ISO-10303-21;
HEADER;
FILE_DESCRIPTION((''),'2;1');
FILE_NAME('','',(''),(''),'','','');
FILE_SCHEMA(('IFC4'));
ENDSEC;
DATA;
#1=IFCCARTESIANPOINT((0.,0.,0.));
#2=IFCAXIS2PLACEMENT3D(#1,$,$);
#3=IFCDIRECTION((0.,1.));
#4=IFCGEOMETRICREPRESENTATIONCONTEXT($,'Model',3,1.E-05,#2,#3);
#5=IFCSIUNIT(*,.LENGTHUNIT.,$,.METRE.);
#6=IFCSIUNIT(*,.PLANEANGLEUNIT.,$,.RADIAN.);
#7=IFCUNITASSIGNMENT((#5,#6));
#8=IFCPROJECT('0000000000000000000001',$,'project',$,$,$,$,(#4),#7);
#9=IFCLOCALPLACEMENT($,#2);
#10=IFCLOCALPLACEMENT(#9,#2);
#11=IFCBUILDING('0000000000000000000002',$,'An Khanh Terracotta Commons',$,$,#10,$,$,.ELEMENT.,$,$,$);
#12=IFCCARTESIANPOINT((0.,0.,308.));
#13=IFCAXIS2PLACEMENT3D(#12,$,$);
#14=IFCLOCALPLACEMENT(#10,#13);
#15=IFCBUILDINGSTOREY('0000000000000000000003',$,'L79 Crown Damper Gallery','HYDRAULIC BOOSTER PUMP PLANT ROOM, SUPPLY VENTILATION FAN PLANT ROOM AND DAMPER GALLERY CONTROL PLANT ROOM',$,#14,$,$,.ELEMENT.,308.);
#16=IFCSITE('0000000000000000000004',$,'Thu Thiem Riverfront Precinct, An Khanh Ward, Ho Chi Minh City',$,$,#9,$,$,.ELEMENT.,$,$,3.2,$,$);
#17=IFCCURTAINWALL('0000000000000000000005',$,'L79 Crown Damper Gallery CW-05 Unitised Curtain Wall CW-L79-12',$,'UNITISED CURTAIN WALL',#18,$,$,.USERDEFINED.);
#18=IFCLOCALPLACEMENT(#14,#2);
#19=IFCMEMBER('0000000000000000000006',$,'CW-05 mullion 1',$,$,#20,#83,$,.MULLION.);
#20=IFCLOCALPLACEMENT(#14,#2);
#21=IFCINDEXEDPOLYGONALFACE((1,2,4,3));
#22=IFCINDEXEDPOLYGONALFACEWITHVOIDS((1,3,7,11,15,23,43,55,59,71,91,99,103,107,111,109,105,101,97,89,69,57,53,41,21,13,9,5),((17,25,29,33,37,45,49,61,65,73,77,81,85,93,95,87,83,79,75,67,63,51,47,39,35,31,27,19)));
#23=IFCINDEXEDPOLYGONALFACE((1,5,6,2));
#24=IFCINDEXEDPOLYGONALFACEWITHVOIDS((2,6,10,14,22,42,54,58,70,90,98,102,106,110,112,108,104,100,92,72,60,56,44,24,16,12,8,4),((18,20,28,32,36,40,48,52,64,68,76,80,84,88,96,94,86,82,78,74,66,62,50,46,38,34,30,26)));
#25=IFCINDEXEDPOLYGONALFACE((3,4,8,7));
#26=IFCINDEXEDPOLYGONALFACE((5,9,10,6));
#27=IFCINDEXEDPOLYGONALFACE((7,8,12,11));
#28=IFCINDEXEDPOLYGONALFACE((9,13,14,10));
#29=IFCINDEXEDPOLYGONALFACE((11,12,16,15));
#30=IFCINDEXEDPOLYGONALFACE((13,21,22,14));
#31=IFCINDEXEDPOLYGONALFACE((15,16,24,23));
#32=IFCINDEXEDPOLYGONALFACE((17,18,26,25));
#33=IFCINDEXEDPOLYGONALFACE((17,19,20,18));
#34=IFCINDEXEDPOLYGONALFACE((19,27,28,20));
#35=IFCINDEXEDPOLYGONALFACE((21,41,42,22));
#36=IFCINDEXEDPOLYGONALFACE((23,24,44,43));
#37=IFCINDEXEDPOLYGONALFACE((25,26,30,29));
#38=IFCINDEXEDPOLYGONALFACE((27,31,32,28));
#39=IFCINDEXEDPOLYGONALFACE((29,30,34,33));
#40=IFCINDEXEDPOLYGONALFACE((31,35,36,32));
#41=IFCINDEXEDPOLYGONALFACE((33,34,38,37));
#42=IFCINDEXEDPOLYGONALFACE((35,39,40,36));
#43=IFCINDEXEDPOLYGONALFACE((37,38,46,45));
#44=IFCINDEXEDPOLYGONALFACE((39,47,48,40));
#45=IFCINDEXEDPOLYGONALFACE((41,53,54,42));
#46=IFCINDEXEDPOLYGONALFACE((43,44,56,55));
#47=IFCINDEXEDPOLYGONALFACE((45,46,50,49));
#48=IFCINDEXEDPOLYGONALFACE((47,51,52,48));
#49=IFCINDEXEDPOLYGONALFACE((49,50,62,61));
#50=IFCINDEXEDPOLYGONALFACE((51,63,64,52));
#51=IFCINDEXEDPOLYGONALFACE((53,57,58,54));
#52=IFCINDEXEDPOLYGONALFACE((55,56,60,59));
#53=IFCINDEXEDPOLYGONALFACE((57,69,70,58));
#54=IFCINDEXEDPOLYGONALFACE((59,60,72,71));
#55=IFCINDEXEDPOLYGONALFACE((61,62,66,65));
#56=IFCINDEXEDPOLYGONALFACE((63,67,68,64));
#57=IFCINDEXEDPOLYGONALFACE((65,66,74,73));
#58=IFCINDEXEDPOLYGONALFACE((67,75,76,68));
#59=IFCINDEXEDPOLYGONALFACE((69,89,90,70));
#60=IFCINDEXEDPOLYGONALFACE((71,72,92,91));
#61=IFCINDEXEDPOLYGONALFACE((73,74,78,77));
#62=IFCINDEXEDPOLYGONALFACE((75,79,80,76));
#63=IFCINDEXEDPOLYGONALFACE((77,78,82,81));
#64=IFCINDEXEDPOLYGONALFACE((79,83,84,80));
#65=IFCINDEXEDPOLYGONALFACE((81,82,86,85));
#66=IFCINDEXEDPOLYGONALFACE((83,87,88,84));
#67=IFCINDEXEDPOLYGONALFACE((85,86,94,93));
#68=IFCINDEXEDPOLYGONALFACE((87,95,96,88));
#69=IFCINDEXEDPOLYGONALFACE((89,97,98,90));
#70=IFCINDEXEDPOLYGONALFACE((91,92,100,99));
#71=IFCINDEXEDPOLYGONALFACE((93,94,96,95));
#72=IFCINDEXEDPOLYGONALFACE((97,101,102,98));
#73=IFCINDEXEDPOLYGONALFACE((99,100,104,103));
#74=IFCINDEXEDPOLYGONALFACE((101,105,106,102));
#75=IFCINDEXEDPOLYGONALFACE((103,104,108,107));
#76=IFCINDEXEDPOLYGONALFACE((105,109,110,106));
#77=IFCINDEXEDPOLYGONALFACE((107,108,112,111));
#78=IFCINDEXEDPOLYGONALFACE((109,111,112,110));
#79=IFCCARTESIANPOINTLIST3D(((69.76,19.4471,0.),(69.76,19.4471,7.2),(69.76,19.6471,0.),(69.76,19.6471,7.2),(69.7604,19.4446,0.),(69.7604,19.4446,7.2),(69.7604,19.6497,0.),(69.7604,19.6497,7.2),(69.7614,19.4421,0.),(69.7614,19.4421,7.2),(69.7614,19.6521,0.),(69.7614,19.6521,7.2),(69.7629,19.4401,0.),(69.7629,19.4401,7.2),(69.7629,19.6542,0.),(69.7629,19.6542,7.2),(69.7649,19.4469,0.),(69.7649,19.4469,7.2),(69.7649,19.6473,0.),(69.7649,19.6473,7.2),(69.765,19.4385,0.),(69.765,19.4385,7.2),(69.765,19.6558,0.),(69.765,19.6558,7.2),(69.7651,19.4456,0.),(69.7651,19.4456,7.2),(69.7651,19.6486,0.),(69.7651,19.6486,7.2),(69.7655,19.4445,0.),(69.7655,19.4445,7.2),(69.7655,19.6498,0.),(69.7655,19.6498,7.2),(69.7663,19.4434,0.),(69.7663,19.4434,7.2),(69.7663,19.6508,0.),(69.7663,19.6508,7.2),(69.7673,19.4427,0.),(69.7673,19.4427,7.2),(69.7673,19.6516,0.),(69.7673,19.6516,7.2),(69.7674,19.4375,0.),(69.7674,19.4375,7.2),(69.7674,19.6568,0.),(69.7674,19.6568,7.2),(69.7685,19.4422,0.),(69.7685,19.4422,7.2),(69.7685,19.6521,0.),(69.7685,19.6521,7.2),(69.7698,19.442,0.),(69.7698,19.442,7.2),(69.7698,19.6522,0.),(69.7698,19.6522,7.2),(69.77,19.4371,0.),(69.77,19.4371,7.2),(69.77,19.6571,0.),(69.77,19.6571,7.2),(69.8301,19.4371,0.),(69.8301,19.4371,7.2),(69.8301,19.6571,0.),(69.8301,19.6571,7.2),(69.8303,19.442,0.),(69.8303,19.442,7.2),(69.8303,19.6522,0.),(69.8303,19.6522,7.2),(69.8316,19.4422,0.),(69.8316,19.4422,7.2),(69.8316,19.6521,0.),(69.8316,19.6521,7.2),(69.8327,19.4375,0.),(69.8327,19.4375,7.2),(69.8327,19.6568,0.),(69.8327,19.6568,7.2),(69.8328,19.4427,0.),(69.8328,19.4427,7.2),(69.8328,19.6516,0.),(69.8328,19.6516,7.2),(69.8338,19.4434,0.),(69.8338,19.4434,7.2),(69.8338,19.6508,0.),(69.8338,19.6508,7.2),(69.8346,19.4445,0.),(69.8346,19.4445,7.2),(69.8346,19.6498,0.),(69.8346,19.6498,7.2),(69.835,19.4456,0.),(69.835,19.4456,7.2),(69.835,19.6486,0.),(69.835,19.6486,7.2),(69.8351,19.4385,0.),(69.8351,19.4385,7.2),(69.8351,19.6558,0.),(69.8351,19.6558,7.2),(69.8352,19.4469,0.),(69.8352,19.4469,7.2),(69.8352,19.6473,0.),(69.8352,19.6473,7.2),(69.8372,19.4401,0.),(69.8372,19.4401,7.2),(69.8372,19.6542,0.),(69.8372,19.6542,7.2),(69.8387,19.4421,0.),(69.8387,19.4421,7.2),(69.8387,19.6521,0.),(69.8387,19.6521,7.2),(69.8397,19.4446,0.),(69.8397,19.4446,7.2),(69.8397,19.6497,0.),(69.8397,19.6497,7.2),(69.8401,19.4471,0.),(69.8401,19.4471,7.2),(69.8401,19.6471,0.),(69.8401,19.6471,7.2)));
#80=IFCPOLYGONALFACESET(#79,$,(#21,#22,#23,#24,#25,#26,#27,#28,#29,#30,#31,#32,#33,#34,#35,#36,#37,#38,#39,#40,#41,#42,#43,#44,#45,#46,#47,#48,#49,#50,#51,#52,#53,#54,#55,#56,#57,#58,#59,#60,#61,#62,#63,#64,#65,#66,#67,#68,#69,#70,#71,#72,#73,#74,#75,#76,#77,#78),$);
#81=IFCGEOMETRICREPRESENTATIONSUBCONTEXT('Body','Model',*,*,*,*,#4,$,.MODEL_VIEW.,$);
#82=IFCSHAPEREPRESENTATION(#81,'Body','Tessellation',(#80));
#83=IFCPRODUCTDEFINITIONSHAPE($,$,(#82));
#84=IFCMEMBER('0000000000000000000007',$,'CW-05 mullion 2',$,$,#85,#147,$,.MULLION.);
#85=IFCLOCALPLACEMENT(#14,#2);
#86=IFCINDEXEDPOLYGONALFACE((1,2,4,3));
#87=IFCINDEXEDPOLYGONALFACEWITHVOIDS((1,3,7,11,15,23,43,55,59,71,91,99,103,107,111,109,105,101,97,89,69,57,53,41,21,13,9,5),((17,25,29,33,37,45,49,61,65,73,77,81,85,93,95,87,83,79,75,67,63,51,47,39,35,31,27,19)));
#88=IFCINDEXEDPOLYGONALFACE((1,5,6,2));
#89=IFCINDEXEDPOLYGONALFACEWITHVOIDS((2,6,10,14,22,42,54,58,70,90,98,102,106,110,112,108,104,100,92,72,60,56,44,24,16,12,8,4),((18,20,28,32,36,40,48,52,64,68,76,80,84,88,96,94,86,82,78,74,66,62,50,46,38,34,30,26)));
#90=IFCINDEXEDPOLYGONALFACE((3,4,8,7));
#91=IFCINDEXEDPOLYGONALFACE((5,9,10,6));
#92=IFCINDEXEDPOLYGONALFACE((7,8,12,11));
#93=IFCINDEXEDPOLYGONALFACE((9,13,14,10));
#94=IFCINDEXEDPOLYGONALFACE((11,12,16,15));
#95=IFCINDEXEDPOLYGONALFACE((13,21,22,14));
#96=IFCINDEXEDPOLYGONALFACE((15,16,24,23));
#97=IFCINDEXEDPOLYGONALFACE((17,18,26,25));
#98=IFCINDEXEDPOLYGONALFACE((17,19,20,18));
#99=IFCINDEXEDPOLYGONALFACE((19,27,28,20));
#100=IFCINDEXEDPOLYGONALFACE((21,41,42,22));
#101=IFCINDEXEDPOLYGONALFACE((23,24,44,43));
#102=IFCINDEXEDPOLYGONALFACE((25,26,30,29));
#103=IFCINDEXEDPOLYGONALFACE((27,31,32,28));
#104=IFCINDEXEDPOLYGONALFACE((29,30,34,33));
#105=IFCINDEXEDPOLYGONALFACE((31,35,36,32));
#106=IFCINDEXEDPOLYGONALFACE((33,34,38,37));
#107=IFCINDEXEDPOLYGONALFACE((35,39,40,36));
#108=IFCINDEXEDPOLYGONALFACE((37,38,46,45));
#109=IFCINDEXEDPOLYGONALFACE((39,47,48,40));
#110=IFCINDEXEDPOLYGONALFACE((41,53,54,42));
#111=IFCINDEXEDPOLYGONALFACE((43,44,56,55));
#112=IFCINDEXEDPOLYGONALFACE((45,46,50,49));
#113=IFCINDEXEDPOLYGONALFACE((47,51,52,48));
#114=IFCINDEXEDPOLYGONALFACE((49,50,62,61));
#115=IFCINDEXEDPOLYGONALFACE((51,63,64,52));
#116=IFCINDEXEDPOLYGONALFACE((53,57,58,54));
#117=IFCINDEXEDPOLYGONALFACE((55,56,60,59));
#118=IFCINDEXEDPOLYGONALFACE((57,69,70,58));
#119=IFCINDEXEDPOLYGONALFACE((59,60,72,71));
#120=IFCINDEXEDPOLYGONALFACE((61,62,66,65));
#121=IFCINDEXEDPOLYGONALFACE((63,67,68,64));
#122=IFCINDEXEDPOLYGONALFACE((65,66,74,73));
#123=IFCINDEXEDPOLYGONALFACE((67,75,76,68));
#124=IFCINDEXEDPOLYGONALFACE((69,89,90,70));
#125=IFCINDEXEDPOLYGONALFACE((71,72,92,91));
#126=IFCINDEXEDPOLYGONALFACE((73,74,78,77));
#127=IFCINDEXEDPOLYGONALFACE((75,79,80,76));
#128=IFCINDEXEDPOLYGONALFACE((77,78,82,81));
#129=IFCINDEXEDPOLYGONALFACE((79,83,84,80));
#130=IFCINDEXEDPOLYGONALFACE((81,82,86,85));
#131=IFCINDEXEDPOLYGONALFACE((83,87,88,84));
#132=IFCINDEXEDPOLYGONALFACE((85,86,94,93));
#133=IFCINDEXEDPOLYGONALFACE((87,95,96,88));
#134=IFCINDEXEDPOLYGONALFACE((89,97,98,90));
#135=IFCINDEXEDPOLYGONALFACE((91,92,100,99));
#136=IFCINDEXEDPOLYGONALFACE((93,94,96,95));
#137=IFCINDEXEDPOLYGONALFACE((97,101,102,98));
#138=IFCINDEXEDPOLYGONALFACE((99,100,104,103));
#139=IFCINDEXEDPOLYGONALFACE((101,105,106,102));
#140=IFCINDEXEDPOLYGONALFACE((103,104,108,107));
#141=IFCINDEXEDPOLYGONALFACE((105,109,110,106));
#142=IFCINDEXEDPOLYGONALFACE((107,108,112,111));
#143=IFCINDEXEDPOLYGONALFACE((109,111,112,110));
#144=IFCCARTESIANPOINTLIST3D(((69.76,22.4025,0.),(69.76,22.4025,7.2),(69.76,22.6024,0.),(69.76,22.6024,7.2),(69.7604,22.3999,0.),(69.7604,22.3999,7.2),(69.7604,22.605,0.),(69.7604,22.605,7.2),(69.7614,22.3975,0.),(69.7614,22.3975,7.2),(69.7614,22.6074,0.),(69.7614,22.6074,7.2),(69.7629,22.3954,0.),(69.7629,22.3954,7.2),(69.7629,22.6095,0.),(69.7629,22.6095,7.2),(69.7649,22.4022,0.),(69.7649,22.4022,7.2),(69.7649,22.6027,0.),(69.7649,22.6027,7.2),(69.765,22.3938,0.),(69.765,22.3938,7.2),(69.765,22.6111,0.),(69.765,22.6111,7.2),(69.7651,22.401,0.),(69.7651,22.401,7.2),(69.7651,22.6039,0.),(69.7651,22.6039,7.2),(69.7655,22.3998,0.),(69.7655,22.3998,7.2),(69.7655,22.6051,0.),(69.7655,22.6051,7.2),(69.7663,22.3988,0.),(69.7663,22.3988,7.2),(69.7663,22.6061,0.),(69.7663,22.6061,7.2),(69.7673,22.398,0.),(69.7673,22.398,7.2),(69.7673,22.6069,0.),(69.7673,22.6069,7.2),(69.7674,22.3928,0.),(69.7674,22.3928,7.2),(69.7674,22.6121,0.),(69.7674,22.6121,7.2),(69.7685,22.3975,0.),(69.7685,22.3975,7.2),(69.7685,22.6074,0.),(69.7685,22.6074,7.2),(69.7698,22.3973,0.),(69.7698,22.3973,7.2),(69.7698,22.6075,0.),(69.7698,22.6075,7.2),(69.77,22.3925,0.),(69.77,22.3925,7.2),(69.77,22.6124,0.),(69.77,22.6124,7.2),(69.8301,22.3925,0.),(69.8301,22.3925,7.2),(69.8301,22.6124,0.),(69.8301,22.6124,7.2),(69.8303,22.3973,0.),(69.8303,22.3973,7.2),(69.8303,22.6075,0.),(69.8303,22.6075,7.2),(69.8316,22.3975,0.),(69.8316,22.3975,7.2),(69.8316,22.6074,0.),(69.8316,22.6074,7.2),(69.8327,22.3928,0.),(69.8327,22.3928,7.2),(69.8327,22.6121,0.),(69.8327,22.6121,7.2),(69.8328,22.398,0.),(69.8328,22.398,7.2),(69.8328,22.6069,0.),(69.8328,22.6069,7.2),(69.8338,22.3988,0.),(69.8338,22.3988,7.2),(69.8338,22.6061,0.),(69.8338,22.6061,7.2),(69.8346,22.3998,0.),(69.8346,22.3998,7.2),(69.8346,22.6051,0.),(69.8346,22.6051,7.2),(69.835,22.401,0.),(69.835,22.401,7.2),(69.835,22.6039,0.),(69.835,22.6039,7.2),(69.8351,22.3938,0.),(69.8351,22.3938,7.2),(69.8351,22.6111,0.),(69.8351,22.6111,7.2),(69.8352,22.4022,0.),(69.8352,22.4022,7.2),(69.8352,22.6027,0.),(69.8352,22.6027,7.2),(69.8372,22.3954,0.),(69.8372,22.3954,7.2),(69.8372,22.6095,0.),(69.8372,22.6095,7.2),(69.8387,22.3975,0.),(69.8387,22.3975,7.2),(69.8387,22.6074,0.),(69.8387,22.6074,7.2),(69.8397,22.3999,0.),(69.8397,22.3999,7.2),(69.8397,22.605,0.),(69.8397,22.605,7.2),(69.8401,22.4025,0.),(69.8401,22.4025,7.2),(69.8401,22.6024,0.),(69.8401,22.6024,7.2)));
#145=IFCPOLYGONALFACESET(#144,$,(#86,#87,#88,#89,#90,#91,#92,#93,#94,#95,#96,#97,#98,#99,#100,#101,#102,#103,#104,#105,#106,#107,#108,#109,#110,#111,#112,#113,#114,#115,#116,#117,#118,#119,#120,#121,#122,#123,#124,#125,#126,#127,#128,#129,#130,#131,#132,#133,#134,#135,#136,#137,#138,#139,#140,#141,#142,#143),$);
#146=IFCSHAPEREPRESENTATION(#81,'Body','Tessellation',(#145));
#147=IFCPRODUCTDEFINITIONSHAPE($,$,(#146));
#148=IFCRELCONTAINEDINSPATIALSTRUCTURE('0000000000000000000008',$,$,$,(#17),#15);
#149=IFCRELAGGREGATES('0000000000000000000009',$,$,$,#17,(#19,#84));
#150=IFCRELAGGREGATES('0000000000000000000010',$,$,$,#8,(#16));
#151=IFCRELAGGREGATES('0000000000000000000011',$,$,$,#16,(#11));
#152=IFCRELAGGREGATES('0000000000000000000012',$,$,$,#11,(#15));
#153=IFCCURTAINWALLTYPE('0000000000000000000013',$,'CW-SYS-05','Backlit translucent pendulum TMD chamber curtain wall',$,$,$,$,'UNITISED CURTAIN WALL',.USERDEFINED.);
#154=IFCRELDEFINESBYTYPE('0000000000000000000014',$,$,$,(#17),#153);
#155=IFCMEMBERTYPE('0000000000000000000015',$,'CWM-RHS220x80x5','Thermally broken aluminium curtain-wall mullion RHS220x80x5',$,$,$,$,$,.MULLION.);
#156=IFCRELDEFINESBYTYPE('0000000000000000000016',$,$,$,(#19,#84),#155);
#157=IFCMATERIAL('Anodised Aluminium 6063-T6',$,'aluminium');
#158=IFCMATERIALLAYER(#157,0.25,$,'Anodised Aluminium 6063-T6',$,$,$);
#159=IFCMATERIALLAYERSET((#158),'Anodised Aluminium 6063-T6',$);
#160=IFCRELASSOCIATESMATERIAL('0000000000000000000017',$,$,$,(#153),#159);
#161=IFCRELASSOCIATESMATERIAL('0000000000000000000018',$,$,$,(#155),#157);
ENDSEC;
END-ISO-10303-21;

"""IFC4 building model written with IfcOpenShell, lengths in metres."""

from ifc_helpers import new_model, si_unit, direction, frame, origin, origin_2d, place, context, subcontext, project, spatial, hollow_rectangle, extrude, material, layer, layer_set, material_profile, profile_set, type_object, element, aggregate, save


model = new_model("IFC4")

# Units and contexts
model_context = context("Model", 3, precision=1e-05, world=origin(), true_north=direction((0.0, 1.0)))
body_context = subcontext(model_context, "Body", "Model", "MODEL_VIEW")
ifc_project = project(units=[si_unit("LENGTHUNIT", "METRE"), si_unit("PLANEANGLEUNIT", "RADIAN")], contexts=[model_context])

# Site, building, storey
site_placement = place(None, origin())
site = spatial("IfcSite", under=ifc_project, at=site_placement, Name="Thu Thiem Riverfront Precinct, An Khanh Ward, Ho Chi Minh City", CompositionType="ELEMENT", RefElevation=3.2)
building_placement = place(site_placement, origin())
building = spatial("IfcBuilding", under=site, at=building_placement, Name="An Khanh Terracotta Commons", CompositionType="ELEMENT")
storey_placement = place(building_placement, frame((0.0, 0.0, 308.0)))
storey = spatial("IfcBuildingStorey", under=building, at=storey_placement, Name="L79 Crown Damper Gallery", Description="HYDRAULIC BOOSTER PUMP PLANT ROOM, SUPPLY VENTILATION FAN PLANT ROOM AND DAMPER GALLERY CONTROL PLANT ROOM", CompositionType="ELEMENT", Elevation=308.0)

# Shared definitions
ifc_material_1 = material(Name="Anodised Aluminium 6063-T6", Category="aluminium")
ifc_layer_1 = layer(ifc_material_1, 0.25, Name="Anodised Aluminium 6063-T6")
ifc_layer_set_1 = layer_set([ifc_layer_1], Name="Anodised Aluminium 6063-T6")
curtain_wall_type = type_object("IfcCurtainWallType", Name="CW-SYS-05", Description="Backlit translucent pendulum TMD chamber curtain wall", ElementType="UNITISED CURTAIN WALL", PredefinedType="USERDEFINED", material=ifc_layer_set_1)
ifc_material_profile_1 = material_profile(ifc_material_1, hollow_rectangle(XDim=0.0801, YDim=0.22, WallThickness=0.0049, InnerFilletRadius=0.0049, OuterFilletRadius=0.01, at=origin_2d()), Name="RHS220x80x5")
ifc_profile_set_1 = profile_set([ifc_material_profile_1], Name="Anodised Aluminium 6063-T6")
member_type_1 = type_object("IfcMemberType", Name="CWM-RHS220x80x5", Description="Thermally broken aluminium curtain-wall mullion RHS220x80x5", PredefinedType="MULLION", material=ifc_profile_set_1)

# Curtain wall, members
curtain_wall_1_placement = place(storey_placement, origin())
curtain_wall_1 = element("IfcCurtainWall", 1, at=curtain_wall_1_placement, inside=storey, type_object=curtain_wall_type, Name="L79 Crown Damper Gallery CW-05 Unitised Curtain Wall CW-L79-12", ObjectType="UNITISED CURTAIN WALL", PredefinedType="USERDEFINED")
member_1_placement = place(storey_placement, frame((69.8, 19.5471, 0.0), z_axis=(0.0, 0.0, 1.0), x_axis=(-1.0, 0.0, 0.0)))
member_1 = element("IfcMember", 2, at=member_1_placement, type_object=member_type_1, Name="CW-05 mullion 1", PredefinedType="MULLION", context=body_context, shape_type="SweptSolid", body=[
    extrude(hollow_rectangle(XDim=0.0801, YDim=0.22, WallThickness=0.0049, InnerFilletRadius=0.0049, OuterFilletRadius=0.01, at=origin_2d()), origin(), (0.0, 0.0, 1.0), 7.2),
])
member_2_placement = place(storey_placement, frame((69.8, 22.5024, 0.0), z_axis=(0.0, 0.0, 1.0), x_axis=(-1.0, 0.0, 0.0)))
member_2 = element("IfcMember", 3, at=member_2_placement, type_object=member_type_1, Name="CW-05 mullion 2", PredefinedType="MULLION", context=body_context, shape_type="SweptSolid", body=[
    extrude(hollow_rectangle(XDim=0.0801, YDim=0.22, WallThickness=0.0049, InnerFilletRadius=0.0049, OuterFilletRadius=0.01, at=origin_2d()), origin(), (0.0, 0.0, 1.0), 7.2),
])

aggregate(curtain_wall_1, [member_1, member_2])

save(model, "model.ifc")
